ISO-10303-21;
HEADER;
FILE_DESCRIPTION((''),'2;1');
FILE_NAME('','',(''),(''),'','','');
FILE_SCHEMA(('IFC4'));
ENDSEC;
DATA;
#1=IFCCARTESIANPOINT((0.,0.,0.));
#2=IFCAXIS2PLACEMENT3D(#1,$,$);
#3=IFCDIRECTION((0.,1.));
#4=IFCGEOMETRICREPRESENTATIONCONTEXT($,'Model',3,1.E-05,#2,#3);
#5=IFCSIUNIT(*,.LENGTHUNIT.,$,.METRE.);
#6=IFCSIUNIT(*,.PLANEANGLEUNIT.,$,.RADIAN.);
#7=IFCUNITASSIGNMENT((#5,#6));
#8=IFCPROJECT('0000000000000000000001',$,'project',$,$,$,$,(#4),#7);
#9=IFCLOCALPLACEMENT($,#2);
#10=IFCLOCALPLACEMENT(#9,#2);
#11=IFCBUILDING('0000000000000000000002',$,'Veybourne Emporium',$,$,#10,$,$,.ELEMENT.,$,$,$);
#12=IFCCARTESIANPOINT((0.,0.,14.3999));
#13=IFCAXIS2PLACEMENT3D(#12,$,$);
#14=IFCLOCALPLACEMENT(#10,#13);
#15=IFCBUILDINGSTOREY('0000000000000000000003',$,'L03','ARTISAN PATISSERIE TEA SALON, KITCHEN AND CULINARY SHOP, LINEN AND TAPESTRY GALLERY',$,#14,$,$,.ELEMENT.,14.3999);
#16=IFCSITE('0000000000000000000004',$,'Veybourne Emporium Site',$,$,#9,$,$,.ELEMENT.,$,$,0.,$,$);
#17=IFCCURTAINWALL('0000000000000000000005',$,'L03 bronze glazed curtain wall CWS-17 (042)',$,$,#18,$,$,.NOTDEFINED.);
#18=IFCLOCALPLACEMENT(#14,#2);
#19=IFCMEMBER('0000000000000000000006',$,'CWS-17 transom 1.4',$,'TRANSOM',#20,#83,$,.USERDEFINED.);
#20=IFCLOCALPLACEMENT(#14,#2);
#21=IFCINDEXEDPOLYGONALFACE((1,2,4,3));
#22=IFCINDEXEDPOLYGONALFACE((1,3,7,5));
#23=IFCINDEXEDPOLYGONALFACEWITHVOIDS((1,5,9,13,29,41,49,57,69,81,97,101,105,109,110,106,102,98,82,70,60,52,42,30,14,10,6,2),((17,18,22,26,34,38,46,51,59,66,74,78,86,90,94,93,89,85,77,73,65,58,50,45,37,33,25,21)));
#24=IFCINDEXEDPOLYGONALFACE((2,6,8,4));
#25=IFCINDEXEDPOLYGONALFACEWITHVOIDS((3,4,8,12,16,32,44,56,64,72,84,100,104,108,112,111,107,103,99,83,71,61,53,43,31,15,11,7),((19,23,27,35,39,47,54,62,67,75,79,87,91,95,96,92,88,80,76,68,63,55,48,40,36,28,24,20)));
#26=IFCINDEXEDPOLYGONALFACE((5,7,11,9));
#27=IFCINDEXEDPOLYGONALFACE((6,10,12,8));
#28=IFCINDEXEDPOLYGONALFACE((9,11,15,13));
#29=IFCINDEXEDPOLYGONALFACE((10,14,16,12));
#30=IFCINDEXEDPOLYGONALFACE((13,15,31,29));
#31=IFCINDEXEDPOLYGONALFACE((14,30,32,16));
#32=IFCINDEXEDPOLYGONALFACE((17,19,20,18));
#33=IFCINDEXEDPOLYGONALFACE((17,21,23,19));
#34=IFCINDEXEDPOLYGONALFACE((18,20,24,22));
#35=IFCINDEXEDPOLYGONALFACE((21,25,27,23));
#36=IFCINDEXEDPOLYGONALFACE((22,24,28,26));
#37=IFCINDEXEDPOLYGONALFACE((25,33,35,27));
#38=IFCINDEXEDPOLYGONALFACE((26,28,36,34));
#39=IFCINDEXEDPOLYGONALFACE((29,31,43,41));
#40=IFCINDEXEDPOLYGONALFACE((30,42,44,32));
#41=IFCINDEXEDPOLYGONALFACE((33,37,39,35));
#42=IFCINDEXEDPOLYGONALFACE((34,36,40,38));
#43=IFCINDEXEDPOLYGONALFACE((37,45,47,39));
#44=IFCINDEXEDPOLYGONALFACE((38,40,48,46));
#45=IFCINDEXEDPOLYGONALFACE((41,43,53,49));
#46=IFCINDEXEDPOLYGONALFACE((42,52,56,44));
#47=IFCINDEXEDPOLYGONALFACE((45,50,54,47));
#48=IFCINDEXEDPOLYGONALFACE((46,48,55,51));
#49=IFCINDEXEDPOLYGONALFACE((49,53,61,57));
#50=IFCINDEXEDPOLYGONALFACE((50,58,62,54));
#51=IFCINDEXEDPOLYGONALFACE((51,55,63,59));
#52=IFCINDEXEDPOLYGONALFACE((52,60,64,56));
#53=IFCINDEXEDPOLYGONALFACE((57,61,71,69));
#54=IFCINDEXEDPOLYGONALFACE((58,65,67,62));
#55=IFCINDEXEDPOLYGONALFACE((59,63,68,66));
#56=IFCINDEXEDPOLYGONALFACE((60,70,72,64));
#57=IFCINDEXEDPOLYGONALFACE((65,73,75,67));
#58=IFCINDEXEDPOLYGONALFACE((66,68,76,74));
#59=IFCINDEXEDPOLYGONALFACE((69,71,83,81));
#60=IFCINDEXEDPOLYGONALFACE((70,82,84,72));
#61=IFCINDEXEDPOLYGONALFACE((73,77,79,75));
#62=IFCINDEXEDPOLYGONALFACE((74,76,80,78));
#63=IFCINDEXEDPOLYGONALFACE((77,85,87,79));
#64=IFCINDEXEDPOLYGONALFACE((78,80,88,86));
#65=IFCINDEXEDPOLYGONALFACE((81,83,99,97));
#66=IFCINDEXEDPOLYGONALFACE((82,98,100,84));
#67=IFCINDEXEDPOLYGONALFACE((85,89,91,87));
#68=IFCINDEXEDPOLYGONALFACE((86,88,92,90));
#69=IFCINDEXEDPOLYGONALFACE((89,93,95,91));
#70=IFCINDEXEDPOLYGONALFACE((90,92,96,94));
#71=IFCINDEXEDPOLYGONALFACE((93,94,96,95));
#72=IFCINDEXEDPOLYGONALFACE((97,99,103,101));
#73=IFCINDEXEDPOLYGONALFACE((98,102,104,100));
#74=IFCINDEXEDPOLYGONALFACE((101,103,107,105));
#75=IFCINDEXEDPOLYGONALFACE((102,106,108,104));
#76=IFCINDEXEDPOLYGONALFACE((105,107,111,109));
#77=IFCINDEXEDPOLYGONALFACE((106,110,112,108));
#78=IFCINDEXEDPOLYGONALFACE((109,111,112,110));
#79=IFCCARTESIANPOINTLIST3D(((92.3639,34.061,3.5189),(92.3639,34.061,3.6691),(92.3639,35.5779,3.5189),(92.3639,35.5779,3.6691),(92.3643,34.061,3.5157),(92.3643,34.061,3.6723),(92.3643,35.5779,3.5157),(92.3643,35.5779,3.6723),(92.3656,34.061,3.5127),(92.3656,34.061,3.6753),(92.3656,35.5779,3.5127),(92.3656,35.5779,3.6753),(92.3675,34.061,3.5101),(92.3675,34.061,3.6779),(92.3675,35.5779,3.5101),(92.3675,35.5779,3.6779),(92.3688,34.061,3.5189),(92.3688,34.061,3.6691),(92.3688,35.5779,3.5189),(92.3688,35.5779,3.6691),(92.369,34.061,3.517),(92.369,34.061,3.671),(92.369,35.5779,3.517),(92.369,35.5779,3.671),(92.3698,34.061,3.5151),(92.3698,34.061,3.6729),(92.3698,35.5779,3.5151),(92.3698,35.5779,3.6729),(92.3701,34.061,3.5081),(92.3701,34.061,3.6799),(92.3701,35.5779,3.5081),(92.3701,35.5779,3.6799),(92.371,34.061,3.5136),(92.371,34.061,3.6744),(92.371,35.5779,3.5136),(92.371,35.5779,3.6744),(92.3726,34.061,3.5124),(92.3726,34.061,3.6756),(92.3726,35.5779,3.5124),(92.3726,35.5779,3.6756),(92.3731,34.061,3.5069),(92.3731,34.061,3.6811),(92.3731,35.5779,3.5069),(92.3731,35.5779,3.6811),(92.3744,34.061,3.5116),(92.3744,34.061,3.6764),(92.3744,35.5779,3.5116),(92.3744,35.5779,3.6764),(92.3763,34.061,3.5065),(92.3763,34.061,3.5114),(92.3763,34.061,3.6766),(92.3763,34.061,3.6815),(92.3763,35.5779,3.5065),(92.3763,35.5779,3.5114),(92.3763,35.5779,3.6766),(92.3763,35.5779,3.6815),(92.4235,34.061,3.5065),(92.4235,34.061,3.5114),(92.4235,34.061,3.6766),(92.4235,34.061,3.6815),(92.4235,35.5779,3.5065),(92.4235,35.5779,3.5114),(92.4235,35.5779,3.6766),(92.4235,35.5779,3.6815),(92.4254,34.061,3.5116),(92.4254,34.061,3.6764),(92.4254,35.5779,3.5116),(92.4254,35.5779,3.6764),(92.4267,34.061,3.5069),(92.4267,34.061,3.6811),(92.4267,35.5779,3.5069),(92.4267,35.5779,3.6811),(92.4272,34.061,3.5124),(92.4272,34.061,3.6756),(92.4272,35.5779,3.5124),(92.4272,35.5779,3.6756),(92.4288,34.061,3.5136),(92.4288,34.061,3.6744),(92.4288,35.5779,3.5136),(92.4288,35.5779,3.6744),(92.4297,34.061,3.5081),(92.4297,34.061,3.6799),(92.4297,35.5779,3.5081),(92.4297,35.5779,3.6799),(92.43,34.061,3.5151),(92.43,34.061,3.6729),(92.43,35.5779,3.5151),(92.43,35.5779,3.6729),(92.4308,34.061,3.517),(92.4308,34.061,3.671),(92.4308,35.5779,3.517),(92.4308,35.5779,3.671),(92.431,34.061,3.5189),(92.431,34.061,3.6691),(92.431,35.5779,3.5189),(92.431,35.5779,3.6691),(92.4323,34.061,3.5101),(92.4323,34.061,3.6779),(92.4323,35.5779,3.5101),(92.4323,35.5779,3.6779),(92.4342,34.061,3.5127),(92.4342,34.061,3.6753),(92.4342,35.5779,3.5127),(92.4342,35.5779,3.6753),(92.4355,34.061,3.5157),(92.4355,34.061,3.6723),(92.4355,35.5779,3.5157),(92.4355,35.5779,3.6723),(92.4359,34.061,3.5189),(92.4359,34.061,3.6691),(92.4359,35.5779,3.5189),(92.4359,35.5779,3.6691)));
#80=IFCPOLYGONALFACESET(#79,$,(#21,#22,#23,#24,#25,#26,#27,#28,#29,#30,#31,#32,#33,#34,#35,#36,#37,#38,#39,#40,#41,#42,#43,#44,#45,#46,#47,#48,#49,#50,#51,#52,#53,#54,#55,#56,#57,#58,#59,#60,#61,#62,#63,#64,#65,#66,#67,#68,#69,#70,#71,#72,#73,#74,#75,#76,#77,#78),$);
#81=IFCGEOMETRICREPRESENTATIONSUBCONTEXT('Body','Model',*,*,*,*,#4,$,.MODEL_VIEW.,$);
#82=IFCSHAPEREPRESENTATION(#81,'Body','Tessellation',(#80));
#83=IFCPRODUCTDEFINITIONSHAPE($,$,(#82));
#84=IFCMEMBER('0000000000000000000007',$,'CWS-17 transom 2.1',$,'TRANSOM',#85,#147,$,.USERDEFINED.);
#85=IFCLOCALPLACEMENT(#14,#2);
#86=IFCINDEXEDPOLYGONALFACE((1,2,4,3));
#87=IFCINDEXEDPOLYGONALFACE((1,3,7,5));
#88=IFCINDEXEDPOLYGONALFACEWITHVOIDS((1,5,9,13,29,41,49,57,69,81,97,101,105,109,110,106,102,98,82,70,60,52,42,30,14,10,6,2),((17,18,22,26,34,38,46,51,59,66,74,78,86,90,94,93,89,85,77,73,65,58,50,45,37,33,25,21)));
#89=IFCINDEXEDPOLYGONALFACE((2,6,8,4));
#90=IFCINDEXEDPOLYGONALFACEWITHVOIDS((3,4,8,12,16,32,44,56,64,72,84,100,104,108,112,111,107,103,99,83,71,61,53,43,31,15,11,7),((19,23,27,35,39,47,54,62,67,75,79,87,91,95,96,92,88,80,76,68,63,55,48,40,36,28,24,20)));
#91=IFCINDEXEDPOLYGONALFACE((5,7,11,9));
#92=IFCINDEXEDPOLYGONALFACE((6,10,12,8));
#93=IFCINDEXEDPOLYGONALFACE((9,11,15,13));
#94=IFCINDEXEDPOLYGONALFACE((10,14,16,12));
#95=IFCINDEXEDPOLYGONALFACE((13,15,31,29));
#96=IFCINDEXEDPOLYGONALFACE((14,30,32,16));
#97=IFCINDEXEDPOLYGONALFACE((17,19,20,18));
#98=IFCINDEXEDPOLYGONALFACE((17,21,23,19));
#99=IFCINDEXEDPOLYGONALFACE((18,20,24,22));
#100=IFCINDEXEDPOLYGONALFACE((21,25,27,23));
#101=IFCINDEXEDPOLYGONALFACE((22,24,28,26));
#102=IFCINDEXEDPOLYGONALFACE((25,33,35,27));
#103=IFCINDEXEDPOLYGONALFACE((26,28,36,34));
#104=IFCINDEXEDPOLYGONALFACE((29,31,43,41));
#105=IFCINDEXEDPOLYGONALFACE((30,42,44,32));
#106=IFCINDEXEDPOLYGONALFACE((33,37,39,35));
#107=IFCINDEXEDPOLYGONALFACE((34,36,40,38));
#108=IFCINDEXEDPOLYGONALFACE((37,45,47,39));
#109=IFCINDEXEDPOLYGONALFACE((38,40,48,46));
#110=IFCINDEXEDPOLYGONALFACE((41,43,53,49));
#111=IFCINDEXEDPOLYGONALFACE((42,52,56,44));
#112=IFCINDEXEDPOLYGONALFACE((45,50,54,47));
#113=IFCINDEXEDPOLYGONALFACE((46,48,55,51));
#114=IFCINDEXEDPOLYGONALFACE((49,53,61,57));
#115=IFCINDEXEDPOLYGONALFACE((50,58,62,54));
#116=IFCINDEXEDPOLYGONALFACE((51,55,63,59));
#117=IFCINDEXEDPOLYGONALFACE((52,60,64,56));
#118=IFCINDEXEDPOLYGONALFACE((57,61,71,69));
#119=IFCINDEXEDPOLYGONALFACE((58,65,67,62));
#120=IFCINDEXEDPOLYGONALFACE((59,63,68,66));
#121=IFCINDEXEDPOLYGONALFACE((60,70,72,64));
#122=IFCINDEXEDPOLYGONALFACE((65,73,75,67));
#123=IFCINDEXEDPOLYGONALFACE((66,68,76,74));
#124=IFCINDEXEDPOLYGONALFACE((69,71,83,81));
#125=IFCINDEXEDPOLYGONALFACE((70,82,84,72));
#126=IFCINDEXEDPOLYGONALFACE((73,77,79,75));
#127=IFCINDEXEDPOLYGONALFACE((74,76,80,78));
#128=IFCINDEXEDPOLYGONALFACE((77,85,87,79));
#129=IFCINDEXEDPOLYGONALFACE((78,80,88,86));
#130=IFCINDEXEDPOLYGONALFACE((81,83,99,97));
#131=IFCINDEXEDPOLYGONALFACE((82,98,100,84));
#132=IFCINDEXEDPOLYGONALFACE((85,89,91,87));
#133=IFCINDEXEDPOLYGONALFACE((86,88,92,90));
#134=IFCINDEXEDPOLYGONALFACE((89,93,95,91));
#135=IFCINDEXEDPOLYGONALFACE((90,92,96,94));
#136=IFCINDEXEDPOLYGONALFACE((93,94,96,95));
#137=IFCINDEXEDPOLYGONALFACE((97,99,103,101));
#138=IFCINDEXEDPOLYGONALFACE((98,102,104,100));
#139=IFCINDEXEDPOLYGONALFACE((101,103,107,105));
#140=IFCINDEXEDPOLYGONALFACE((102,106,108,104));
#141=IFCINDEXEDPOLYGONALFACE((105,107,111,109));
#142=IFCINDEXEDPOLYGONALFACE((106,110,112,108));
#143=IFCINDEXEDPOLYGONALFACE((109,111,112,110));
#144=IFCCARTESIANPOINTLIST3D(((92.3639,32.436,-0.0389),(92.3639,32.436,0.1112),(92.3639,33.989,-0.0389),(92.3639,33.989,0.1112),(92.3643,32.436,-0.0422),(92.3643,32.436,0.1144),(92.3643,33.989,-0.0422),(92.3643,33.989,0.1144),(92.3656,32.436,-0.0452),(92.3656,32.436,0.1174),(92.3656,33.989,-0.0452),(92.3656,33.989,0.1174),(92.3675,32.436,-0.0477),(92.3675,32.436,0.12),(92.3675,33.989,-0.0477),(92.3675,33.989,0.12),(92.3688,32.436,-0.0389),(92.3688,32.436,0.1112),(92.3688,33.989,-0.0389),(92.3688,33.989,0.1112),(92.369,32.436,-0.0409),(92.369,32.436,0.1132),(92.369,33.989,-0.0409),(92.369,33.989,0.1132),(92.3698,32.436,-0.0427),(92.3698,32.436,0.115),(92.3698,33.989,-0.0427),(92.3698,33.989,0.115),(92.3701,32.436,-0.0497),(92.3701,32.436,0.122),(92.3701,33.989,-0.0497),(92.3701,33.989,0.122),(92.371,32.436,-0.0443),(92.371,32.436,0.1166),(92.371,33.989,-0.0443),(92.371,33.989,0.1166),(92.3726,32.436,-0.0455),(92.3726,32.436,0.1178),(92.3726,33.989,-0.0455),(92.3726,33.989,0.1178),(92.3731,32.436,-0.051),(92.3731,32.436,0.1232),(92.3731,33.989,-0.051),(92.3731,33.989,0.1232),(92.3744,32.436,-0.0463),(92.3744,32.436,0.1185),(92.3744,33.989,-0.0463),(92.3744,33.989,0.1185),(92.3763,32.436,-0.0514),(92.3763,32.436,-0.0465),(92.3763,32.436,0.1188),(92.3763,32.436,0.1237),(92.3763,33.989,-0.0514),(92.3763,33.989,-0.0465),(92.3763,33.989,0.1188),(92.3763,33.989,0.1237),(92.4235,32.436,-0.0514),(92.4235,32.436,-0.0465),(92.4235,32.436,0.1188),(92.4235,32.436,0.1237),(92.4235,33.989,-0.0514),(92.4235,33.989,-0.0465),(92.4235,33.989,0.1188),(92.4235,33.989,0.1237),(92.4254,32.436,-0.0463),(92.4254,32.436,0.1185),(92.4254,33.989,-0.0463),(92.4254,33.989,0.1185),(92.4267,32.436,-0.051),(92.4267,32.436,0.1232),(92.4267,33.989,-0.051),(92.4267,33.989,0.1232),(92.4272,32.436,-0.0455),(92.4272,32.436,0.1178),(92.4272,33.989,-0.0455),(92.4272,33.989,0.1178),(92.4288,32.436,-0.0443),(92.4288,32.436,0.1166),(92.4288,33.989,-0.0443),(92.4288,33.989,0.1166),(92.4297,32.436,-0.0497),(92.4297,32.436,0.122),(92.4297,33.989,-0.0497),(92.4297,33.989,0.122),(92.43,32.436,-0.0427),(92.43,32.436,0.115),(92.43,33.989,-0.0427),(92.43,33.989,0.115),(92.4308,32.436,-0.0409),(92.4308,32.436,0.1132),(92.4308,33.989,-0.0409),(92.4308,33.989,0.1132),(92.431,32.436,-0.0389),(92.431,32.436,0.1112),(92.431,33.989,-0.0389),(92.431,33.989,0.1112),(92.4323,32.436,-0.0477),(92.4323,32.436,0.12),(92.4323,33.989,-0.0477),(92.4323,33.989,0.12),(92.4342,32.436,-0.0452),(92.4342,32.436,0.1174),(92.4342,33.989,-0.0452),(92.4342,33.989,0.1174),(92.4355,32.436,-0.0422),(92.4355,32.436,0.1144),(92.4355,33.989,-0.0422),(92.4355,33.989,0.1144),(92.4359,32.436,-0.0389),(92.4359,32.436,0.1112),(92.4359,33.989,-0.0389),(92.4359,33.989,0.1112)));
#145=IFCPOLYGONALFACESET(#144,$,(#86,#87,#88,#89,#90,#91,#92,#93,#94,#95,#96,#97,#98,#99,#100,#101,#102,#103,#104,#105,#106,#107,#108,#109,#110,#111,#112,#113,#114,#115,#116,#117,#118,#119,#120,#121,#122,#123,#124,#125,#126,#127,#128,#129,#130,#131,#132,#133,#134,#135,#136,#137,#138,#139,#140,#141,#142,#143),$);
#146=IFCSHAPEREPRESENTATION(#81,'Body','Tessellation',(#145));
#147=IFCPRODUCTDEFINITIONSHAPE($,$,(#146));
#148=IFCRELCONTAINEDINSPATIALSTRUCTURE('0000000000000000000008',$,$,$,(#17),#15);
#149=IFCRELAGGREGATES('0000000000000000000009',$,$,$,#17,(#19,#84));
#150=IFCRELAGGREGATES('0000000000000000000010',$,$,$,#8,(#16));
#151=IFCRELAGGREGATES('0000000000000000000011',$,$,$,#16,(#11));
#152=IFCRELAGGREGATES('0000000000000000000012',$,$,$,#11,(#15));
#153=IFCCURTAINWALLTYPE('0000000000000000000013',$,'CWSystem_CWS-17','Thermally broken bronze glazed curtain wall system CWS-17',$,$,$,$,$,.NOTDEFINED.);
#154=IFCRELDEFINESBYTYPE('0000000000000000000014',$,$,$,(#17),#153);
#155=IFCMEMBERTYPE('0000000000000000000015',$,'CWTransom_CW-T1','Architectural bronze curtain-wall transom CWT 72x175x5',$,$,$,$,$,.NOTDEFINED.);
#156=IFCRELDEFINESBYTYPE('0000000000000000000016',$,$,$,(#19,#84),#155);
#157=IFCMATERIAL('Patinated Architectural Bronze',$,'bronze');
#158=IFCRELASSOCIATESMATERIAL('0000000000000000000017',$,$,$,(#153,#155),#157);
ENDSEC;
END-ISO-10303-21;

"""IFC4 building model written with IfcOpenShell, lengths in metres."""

from ifc_helpers import new_model, si_unit, direction, frame, origin, origin_2d, place, context, subcontext, project, spatial, hollow_rectangle, extrude, material, material_profile, profile_set, type_object, element, aggregate, save


model = new_model("IFC4")

# Units and contexts
model_context = context("Model", 3, precision=1e-05, world=origin(), true_north=direction((0.0, 1.0)))
body_context = subcontext(model_context, "Body", "Model", "MODEL_VIEW")
ifc_project = project(units=[si_unit("LENGTHUNIT", "METRE"), si_unit("PLANEANGLEUNIT", "RADIAN")], contexts=[model_context])

# Site, building, storey
site_placement = place(None, origin())
site = spatial("IfcSite", under=ifc_project, at=site_placement, Name="Veybourne Emporium Site", CompositionType="ELEMENT", RefElevation=0.0)
building_placement = place(site_placement, origin())
building = spatial("IfcBuilding", under=site, at=building_placement, Name="Veybourne Emporium", CompositionType="ELEMENT")
storey_placement = place(building_placement, frame((0.0, 0.0, 14.3999)))
storey = spatial("IfcBuildingStorey", under=building, at=storey_placement, Name="L03", Description="ARTISAN PATISSERIE TEA SALON, KITCHEN AND CULINARY SHOP, LINEN AND TAPESTRY GALLERY", CompositionType="ELEMENT", Elevation=14.3999)

# Curtain wall, members
ifc_material_1 = material(Name="Patinated Architectural Bronze", Category="bronze")
curtain_wall_type = type_object("IfcCurtainWallType", Name="CWSystem_CWS-17", Description="Thermally broken bronze glazed curtain wall system CWS-17", PredefinedType="NOTDEFINED", material=ifc_material_1)
curtain_wall_placement = place(storey_placement, origin())
curtain_wall = element("IfcCurtainWall", 1, at=curtain_wall_placement, inside=storey, type_object=curtain_wall_type, Name="L03 bronze glazed curtain wall CWS-17 (042)", PredefinedType="NOTDEFINED")
ifc_material_profile_1 = material_profile(ifc_material_1, hollow_rectangle(XDim=0.072, YDim=0.175, WallThickness=0.0049, InnerFilletRadius=0.0076, OuterFilletRadius=0.0125, at=origin_2d()), Name="CWT 72x175x5")
ifc_profile_set_1 = profile_set([ifc_material_profile_1], Name="Patinated Architectural Bronze")
member_type_1 = type_object("IfcMemberType", Name="CWTransom_CW-T1", Description="Architectural bronze curtain-wall transom CWT 72x175x5", PredefinedType="NOTDEFINED", material=ifc_profile_set_1)
member_1_placement = place(storey_placement, frame((92.3999, 35.5779, 3.594), z_axis=(0.0, -1.0, 0.0), x_axis=(1.0, 0.0, 0.0)))
member_1 = element("IfcMember", 2, at=member_1_placement, type_object=member_type_1, Name="CWS-17 transom 1.4", ObjectType="TRANSOM", PredefinedType="USERDEFINED", context=body_context, shape_type="SweptSolid", body=[
    extrude(hollow_rectangle(XDim=0.072, YDim=0.175, WallThickness=0.0049, InnerFilletRadius=0.0076, OuterFilletRadius=0.0125, at=origin_2d()), origin(), (0.0, 0.0, 1.0), 1.5168),
])
member_2_placement = place(storey_placement, frame((92.3999, 33.989, 0.0361), z_axis=(0.0, -1.0, 0.0), x_axis=(1.0, 0.0, 0.0)))
member_2 = element("IfcMember", 3, at=member_2_placement, type_object=member_type_1, Name="CWS-17 transom 2.1", ObjectType="TRANSOM", PredefinedType="USERDEFINED", context=body_context, shape_type="SweptSolid", body=[
    extrude(hollow_rectangle(XDim=0.072, YDim=0.175, WallThickness=0.0049, InnerFilletRadius=0.0076, OuterFilletRadius=0.0125, at=origin_2d()), origin(), (0.0, 0.0, 1.0), 1.553),
])

aggregate(curtain_wall, [member_1, member_2])

save(model, "model.ifc")
